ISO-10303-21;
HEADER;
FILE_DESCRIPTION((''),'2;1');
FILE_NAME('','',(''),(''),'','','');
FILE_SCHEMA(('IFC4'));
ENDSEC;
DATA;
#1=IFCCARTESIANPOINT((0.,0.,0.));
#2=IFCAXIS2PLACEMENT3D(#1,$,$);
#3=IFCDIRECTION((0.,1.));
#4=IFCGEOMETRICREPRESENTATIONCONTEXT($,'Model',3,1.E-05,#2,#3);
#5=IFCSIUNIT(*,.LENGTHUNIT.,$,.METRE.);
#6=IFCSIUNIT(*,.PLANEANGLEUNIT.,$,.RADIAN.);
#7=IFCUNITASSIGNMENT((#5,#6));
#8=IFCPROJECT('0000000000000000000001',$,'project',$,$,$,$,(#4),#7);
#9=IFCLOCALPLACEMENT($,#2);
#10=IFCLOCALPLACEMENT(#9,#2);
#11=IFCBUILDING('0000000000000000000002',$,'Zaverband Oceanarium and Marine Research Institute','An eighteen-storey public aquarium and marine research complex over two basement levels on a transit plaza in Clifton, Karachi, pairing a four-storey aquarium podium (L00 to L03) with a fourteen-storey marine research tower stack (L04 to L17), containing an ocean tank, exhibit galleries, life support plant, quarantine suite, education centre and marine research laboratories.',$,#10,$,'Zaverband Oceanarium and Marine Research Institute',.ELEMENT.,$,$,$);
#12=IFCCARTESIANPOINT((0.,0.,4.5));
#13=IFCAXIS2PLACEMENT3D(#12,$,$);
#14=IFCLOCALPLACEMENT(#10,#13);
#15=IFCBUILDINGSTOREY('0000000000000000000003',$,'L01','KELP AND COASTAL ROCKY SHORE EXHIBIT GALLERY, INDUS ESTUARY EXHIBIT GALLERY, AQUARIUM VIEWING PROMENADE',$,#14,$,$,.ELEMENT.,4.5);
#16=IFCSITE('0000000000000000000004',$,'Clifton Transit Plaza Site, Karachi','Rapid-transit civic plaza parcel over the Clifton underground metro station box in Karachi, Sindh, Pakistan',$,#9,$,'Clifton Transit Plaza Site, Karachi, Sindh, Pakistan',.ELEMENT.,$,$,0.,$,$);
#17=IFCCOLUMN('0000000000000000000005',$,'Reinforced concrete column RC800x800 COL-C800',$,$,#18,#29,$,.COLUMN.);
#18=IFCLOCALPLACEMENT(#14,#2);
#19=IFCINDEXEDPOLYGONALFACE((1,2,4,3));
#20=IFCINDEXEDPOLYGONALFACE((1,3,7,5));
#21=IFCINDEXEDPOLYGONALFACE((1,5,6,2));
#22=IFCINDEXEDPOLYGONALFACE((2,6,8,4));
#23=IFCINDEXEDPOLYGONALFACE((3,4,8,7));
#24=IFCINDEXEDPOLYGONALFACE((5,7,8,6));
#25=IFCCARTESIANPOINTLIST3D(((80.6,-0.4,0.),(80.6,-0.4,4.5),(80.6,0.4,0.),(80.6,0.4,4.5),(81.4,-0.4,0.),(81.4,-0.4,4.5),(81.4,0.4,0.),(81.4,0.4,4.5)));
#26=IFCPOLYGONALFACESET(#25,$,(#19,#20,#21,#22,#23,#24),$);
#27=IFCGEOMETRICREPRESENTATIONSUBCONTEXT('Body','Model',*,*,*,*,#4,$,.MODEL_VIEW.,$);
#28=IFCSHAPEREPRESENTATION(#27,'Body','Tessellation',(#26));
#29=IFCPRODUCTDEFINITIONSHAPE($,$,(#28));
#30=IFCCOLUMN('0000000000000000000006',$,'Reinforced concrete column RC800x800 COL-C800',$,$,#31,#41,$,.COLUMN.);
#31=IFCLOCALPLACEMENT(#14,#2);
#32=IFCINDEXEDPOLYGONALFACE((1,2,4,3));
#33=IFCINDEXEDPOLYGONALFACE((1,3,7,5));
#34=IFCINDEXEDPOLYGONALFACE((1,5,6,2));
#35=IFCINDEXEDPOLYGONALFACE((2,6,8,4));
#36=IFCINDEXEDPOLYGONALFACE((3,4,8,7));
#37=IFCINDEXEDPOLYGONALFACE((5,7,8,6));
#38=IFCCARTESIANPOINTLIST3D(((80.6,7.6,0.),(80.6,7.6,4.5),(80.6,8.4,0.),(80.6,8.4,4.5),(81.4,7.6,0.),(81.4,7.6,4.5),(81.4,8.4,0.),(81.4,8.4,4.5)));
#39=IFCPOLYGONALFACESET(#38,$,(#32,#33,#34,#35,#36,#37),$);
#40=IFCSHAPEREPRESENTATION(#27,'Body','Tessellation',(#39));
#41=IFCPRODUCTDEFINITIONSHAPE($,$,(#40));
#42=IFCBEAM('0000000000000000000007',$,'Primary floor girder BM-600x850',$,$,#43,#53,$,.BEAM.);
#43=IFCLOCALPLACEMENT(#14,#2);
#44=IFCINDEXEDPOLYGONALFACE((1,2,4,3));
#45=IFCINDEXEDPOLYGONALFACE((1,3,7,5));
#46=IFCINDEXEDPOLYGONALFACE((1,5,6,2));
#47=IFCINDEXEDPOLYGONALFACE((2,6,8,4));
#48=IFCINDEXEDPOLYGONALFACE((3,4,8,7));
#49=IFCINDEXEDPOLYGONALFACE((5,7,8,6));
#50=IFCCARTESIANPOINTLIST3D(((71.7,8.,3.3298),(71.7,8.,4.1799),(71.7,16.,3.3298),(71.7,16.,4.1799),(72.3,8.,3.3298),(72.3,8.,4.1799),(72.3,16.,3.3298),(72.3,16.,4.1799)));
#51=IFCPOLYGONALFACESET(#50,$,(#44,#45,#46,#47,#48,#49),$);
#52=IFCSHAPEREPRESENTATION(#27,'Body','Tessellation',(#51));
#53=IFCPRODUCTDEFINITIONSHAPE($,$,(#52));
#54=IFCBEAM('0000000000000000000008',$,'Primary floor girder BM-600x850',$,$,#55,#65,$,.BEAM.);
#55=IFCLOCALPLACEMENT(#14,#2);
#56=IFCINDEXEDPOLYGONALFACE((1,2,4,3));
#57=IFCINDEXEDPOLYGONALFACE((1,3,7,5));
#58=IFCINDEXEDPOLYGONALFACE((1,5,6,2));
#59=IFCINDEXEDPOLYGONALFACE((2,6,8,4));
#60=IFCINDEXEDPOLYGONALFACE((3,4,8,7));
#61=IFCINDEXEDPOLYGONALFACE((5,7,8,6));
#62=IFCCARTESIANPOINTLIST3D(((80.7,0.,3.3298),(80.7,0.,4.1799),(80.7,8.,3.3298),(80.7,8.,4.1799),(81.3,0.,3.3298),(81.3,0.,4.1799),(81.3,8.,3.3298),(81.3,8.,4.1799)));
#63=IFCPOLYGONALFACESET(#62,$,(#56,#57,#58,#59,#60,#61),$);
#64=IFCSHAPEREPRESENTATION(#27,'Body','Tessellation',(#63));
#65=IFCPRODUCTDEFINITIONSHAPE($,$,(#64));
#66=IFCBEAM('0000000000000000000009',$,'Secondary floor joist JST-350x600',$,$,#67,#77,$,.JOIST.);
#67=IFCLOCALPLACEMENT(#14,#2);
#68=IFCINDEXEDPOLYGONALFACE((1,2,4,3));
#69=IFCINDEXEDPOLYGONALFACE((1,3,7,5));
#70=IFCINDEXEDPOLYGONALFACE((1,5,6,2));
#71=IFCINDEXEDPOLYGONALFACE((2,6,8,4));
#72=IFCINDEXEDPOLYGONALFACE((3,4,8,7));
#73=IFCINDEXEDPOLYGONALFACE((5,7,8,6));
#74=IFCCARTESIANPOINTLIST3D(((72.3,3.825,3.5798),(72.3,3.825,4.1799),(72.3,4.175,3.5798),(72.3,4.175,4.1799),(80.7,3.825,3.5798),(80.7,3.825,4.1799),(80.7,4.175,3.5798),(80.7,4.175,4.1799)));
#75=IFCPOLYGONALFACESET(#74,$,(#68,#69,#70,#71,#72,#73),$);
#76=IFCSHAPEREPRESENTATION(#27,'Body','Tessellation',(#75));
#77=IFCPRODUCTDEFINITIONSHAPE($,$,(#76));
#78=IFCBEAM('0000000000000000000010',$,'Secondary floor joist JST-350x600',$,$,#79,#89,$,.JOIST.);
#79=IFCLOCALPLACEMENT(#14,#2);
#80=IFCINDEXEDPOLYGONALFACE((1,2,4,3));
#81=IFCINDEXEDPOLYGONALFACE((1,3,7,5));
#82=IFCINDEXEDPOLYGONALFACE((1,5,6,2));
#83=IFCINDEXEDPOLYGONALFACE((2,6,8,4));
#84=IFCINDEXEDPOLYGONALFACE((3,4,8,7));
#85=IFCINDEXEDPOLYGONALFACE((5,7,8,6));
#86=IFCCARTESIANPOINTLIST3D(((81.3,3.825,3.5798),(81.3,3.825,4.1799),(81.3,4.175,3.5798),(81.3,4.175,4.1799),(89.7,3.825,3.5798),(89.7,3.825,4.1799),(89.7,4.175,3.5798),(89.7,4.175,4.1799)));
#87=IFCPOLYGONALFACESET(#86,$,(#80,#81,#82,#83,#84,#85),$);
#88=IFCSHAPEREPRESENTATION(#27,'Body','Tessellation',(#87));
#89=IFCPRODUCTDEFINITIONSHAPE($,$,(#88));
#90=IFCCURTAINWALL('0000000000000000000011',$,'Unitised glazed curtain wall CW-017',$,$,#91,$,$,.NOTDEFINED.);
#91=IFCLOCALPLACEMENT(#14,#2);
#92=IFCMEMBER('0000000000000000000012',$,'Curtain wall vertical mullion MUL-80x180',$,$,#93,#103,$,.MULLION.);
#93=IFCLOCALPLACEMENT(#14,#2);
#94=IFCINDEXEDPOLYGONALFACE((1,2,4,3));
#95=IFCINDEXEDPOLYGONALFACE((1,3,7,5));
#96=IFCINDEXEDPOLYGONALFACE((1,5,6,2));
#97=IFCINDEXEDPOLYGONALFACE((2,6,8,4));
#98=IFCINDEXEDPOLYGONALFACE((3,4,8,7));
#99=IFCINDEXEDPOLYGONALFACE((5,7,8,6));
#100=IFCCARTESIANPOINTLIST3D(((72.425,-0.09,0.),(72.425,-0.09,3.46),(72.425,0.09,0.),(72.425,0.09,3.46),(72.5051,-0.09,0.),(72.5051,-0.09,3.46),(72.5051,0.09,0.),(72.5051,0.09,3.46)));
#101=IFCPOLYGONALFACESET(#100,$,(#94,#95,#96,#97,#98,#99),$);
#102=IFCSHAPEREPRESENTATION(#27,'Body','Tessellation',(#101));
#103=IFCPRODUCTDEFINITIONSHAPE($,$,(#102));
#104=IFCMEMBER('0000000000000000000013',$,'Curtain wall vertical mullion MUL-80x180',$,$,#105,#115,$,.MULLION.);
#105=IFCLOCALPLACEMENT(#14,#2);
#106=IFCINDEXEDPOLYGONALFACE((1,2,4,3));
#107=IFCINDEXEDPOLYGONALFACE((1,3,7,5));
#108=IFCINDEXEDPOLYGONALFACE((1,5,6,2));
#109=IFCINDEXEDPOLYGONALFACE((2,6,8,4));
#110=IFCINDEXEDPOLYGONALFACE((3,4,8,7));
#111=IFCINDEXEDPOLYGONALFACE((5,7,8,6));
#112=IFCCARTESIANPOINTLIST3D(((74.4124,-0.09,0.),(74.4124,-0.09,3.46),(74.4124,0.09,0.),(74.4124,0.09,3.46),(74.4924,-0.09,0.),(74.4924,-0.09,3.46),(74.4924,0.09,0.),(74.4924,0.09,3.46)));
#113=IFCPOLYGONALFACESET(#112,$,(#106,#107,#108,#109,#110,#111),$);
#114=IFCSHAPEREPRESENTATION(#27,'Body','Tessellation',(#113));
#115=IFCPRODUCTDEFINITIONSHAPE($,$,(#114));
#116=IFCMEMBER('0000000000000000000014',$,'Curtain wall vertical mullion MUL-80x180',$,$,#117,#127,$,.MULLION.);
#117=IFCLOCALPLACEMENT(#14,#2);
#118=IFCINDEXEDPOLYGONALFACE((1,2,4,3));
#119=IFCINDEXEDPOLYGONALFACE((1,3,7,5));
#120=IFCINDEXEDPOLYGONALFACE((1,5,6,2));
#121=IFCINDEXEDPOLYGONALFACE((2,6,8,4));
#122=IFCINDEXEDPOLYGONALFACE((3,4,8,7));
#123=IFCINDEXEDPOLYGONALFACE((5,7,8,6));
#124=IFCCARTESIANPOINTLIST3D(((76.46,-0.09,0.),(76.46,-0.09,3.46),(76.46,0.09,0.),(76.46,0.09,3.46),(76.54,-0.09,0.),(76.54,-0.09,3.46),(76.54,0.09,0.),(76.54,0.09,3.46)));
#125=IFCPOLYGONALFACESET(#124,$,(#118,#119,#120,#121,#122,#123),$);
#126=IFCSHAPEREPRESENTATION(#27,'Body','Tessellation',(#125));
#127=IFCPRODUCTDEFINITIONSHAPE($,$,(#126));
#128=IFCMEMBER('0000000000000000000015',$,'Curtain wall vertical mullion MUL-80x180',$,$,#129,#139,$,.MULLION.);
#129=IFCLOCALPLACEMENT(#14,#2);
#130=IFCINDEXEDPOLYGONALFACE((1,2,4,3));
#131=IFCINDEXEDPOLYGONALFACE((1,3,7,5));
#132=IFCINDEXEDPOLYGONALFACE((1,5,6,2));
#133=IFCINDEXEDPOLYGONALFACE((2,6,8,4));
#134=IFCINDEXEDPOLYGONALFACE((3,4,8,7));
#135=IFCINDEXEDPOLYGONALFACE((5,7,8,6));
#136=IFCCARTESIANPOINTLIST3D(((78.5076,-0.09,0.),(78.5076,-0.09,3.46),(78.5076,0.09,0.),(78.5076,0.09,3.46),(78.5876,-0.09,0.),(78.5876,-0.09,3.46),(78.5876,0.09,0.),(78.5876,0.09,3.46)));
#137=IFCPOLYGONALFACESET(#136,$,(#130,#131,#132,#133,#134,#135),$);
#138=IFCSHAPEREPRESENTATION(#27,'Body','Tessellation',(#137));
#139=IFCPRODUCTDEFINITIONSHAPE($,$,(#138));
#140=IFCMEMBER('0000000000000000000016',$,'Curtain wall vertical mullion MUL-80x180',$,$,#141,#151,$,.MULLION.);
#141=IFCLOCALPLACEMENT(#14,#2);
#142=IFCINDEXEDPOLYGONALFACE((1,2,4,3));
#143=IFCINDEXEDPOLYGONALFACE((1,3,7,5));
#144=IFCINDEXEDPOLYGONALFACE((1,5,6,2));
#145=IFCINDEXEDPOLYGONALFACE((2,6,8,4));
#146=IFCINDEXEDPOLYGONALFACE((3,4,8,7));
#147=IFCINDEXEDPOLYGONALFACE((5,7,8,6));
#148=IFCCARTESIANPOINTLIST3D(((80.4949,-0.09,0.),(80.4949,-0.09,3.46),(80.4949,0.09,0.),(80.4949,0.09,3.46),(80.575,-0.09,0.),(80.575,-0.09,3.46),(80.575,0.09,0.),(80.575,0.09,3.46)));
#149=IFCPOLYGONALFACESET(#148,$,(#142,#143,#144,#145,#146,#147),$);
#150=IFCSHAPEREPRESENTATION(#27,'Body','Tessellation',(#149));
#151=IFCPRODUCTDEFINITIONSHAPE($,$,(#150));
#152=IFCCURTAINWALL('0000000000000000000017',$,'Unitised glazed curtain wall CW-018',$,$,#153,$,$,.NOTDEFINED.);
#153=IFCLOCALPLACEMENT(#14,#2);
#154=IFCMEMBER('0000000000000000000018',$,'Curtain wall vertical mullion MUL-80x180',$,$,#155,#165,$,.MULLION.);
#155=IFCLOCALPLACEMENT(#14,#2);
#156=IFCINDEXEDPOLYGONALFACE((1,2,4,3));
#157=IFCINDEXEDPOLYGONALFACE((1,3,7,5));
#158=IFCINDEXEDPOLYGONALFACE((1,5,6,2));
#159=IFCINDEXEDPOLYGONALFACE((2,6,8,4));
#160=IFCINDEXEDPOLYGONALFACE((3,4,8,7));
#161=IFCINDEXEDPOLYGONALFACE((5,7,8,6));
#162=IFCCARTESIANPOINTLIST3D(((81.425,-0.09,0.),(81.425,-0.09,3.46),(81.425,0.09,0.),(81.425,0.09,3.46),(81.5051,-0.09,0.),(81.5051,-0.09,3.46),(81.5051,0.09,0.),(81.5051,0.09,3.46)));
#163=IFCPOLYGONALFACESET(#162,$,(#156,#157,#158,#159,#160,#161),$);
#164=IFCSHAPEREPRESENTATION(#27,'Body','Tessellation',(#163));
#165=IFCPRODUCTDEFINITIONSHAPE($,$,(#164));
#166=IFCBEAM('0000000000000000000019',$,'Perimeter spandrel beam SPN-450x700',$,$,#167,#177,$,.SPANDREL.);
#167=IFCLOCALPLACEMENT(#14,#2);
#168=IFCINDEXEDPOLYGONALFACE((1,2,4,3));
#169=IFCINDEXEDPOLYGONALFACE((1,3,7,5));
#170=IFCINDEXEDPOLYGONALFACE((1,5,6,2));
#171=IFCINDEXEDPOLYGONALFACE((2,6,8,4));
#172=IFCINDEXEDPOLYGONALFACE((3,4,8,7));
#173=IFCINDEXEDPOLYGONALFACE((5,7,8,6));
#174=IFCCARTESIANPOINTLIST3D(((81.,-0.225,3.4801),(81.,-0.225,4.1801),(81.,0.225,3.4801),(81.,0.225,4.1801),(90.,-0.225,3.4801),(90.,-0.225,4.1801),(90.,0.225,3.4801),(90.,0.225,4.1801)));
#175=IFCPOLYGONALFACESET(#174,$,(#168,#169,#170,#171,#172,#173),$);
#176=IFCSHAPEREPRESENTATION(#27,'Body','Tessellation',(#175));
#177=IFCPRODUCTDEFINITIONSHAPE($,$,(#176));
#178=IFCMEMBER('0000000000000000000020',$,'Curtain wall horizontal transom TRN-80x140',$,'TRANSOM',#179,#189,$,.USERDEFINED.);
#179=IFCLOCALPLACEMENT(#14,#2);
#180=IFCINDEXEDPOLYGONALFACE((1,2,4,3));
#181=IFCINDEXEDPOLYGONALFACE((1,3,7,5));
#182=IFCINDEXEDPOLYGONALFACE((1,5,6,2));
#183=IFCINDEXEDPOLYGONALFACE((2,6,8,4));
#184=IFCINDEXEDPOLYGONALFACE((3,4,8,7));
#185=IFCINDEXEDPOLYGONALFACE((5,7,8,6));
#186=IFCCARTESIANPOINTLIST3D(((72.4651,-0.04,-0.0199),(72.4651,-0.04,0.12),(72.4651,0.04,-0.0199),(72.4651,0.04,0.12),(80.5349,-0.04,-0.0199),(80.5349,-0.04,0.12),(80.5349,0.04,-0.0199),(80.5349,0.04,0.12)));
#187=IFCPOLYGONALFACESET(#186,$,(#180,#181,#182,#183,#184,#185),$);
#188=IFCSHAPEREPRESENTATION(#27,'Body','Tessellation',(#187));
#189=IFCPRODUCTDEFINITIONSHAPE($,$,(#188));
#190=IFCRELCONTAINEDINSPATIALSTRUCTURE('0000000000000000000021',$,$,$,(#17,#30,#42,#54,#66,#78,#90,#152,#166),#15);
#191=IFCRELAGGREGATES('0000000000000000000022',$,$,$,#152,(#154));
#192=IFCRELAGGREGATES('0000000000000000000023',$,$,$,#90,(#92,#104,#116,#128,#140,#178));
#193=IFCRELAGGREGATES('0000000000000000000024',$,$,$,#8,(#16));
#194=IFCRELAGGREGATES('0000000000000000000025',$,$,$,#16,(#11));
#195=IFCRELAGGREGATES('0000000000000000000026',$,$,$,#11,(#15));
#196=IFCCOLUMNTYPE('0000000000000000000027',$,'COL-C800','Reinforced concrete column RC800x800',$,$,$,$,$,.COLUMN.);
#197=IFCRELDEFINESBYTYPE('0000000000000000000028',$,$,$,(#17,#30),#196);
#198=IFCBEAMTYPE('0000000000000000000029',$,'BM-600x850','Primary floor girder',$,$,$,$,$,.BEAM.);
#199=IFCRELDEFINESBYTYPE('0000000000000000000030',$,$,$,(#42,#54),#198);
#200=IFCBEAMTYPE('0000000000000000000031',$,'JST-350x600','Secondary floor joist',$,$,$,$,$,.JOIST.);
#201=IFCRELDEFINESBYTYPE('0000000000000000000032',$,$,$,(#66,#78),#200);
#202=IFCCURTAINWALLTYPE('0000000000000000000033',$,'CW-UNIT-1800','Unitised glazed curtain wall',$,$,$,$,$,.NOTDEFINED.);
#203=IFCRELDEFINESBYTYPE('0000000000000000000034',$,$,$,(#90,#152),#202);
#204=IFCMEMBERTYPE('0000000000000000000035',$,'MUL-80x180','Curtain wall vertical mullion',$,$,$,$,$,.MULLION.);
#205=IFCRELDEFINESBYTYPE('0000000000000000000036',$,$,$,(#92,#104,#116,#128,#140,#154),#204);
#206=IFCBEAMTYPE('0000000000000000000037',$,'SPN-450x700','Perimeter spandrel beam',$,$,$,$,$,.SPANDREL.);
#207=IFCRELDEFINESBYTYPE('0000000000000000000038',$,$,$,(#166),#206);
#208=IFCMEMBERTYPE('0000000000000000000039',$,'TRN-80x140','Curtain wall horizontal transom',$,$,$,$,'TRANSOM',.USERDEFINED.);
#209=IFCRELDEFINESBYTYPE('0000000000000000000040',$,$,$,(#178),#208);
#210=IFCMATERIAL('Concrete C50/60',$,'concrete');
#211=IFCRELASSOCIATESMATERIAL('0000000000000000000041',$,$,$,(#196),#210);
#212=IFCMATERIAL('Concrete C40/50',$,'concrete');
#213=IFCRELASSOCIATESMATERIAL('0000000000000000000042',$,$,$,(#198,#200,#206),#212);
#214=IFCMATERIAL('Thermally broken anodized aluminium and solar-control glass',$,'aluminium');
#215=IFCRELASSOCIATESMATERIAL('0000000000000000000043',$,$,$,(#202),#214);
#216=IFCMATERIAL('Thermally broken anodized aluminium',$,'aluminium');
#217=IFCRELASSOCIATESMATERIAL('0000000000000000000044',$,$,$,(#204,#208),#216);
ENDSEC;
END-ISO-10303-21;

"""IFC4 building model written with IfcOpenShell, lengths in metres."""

from ifc_helpers import new_model, si_unit, direction, frame, origin, origin_2d, place, context, subcontext, project, spatial, rectangle, extrude, material, material_profile, profile_set, type_object, element, aggregate, save


model = new_model("IFC4")

# Units and contexts
model_context = context("Model", 3, precision=1e-05, world=origin(), true_north=direction((0.0, 1.0)))
body_context = subcontext(model_context, "Body", "Model", "MODEL_VIEW")
ifc_project = project(units=[si_unit("LENGTHUNIT", "METRE"), si_unit("PLANEANGLEUNIT", "RADIAN")], contexts=[model_context])

# Site, building, storey
site_placement = place(None, origin())
site = spatial("IfcSite", under=ifc_project, at=site_placement, Name="Clifton Transit Plaza Site, Karachi", Description="Rapid-transit civic plaza parcel over the Clifton underground metro station box in Karachi, Sindh, Pakistan", LongName="Clifton Transit Plaza Site, Karachi, Sindh, Pakistan", CompositionType="ELEMENT", RefElevation=0.0)
building_placement = place(site_placement, origin())
building = spatial("IfcBuilding", under=site, at=building_placement, Name="Zaverband Oceanarium and Marine Research Institute", Description="An eighteen-storey public aquarium and marine research complex over two basement levels on a transit plaza in Clifton, Karachi, pairing a four-storey aquarium podium (L00 to L03) with a fourteen-storey marine research tower stack (L04 to L17), containing an ocean tank, exhibit galleries, life support plant, quarantine suite, education centre and marine research laboratories.", LongName="Zaverband Oceanarium and Marine Research Institute", CompositionType="ELEMENT")
storey_placement = place(building_placement, frame((0.0, 0.0, 4.5)))
storey = spatial("IfcBuildingStorey", under=building, at=storey_placement, Name="L01", Description="KELP AND COASTAL ROCKY SHORE EXHIBIT GALLERY, INDUS ESTUARY EXHIBIT GALLERY, AQUARIUM VIEWING PROMENADE", CompositionType="ELEMENT", Elevation=4.5)

# Columns
ifc_material_1 = material(Name="Concrete C50/60", Category="concrete")
ifc_material_profile_1 = material_profile(ifc_material_1, rectangle(XDim=0.8, YDim=0.8, at=origin_2d()), Name="RC800x800")
ifc_profile_set_1 = profile_set([ifc_material_profile_1], Name="Concrete C50/60")
column_type = type_object("IfcColumnType", Name="COL-C800", Description="Reinforced concrete column RC800x800", PredefinedType="COLUMN", material=ifc_profile_set_1)
for number, where, z_axis, x_axis, name in (
    (1, (81.0, 0.0, 0.0), (0.0, 0.0, 1.0), (1.0, 0.0, 0.0), "Reinforced concrete column RC800x800 COL-C800"),
    (2, (81.0, 8.0, 0.0), (0.0, 0.0, 1.0), (1.0, 0.0, 0.0), "Reinforced concrete column RC800x800 COL-C800"),
):
    element("IfcColumn", number, at=place(storey_placement, frame(where, z_axis=z_axis, x_axis=x_axis)), inside=storey, type_object=column_type, Name=name, PredefinedType="COLUMN", context=body_context, shape_type="SweptSolid", body=[
        extrude(rectangle(XDim=0.8, YDim=0.8, at=origin_2d()), origin(), (0.0, 0.0, 1.0), 4.5),
    ])

# Beams
ifc_material_2 = material(Name="Concrete C40/50", Category="concrete")
ifc_material_profile_2 = material_profile(ifc_material_2, rectangle(XDim=0.6001, YDim=0.8501, at=origin_2d()), Name="RC600x850")
ifc_profile_set_2 = profile_set([ifc_material_profile_2], Name="Concrete C40/50")
beam_type_1 = type_object("IfcBeamType", Name="BM-600x850", Description="Primary floor girder", PredefinedType="BEAM", material=ifc_profile_set_2)
for number, where, z_axis, x_axis, name in (
    (3, (72.0, 8.0, 3.7549), (0.0, 1.0, 0.0), (-1.0, 0.0, 0.0), "Primary floor girder BM-600x850"),
    (4, (81.0, 0.0, 3.7549), (0.0, 1.0, 0.0), (-1.0, 0.0, 0.0), "Primary floor girder BM-600x850"),
):
    element("IfcBeam", number, at=place(storey_placement, frame(where, z_axis=z_axis, x_axis=x_axis)), inside=storey, type_object=beam_type_1, Name=name, PredefinedType="BEAM", context=body_context, shape_type="SweptSolid", body=[
        extrude(rectangle(XDim=0.6001, YDim=0.8501, at=origin_2d()), origin(), (0.0, 0.0, 1.0), 8.0),
    ])
ifc_material_profile_3 = material_profile(ifc_material_2, rectangle(XDim=0.3501, YDim=0.6001, at=origin_2d()), Name="RC350x600")
ifc_profile_set_3 = profile_set([ifc_material_profile_3], Name="Concrete C40/50")
beam_type_2 = type_object("IfcBeamType", Name="JST-350x600", Description="Secondary floor joist", PredefinedType="JOIST", material=ifc_profile_set_3)
for number, where, z_axis, x_axis, name in (
    (5, (72.3, 4.0, 3.8799), (1.0, 0.0, 0.0), (0.0, 1.0, 0.0), "Secondary floor joist JST-350x600"),
    (6, (81.3, 4.0, 3.8799), (1.0, 0.0, 0.0), (0.0, 1.0, 0.0), "Secondary floor joist JST-350x600"),
):
    element("IfcBeam", number, at=place(storey_placement, frame(where, z_axis=z_axis, x_axis=x_axis)), inside=storey, type_object=beam_type_2, Name=name, PredefinedType="JOIST", context=body_context, shape_type="SweptSolid", body=[
        extrude(rectangle(XDim=0.3501, YDim=0.6001, at=origin_2d()), origin(), (0.0, 0.0, 1.0), 8.3999),
    ])

# Curtain wall, members
ifc_material_3 = material(Name="Thermally broken anodized aluminium and solar-control glass", Category="aluminium")
curtain_wall_type = type_object("IfcCurtainWallType", Name="CW-UNIT-1800", Description="Unitised glazed curtain wall", PredefinedType="NOTDEFINED", material=ifc_material_3)
curtain_wall_1_placement = place(storey_placement, origin())
curtain_wall_1 = element("IfcCurtainWall", 7, at=curtain_wall_1_placement, inside=storey, type_object=curtain_wall_type, Name="Unitised glazed curtain wall CW-017", PredefinedType="NOTDEFINED")
ifc_material_4 = material(Name="Thermally broken anodized aluminium", Category="aluminium")
ifc_material_profile_4 = material_profile(ifc_material_4, rectangle(XDim=0.0801, YDim=0.1799, at=origin_2d()), Name="AL-MUL-80x180")
ifc_profile_set_4 = profile_set([ifc_material_profile_4], Name="Thermally broken anodized aluminium")
member_type_1 = type_object("IfcMemberType", Name="MUL-80x180", Description="Curtain wall vertical mullion", PredefinedType="MULLION", material=ifc_profile_set_4)
member_1_placement = place(storey_placement, frame((72.4651, 0.0, 0.0), z_axis=(0.0, 0.0, 1.0), x_axis=(1.0, 0.0, 0.0)))
member_1 = element("IfcMember", 8, at=member_1_placement, type_object=member_type_1, Name="Curtain wall vertical mullion MUL-80x180", PredefinedType="MULLION", context=body_context, shape_type="SweptSolid", body=[
    extrude(rectangle(XDim=0.0801, YDim=0.1799, at=origin_2d()), origin(), (0.0, 0.0, 1.0), 3.46),
])
member_2_placement = place(storey_placement, frame((74.4524, 0.0, 0.0), z_axis=(0.0, 0.0, 1.0), x_axis=(1.0, 0.0, 0.0)))
member_2 = element("IfcMember", 9, at=member_2_placement, type_object=member_type_1, Name="Curtain wall vertical mullion MUL-80x180", PredefinedType="MULLION", context=body_context, shape_type="SweptSolid", body=[
    extrude(rectangle(XDim=0.0801, YDim=0.1799, at=origin_2d()), origin(), (0.0, 0.0, 1.0), 3.46),
])
member_3_placement = place(storey_placement, frame((76.5, 0.0, 0.0), z_axis=(0.0, 0.0, 1.0), x_axis=(1.0, 0.0, 0.0)))
member_3 = element("IfcMember", 10, at=member_3_placement, type_object=member_type_1, Name="Curtain wall vertical mullion MUL-80x180", PredefinedType="MULLION", context=body_context, shape_type="SweptSolid", body=[
    extrude(rectangle(XDim=0.0801, YDim=0.1799, at=origin_2d()), origin(), (0.0, 0.0, 1.0), 3.46),
])
member_4_placement = place(storey_placement, frame((78.5476, 0.0, 0.0), z_axis=(0.0, 0.0, 1.0), x_axis=(1.0, 0.0, 0.0)))
member_4 = element("IfcMember", 11, at=member_4_placement, type_object=member_type_1, Name="Curtain wall vertical mullion MUL-80x180", PredefinedType="MULLION", context=body_context, shape_type="SweptSolid", body=[
    extrude(rectangle(XDim=0.0801, YDim=0.1799, at=origin_2d()), origin(), (0.0, 0.0, 1.0), 3.46),
])
member_5_placement = place(storey_placement, frame((80.5349, 0.0, 0.0), z_axis=(0.0, 0.0, 1.0), x_axis=(1.0, 0.0, 0.0)))
member_5 = element("IfcMember", 12, at=member_5_placement, type_object=member_type_1, Name="Curtain wall vertical mullion MUL-80x180", PredefinedType="MULLION", context=body_context, shape_type="SweptSolid", body=[
    extrude(rectangle(XDim=0.0801, YDim=0.1799, at=origin_2d()), origin(), (0.0, 0.0, 1.0), 3.46),
])

# Curtain wall, member
curtain_wall_2_placement = place(storey_placement, origin())
curtain_wall_2 = element("IfcCurtainWall", 13, at=curtain_wall_2_placement, inside=storey, type_object=curtain_wall_type, Name="Unitised glazed curtain wall CW-018", PredefinedType="NOTDEFINED")
member_6_placement = place(storey_placement, frame((81.4651, 0.0, 0.0), z_axis=(0.0, 0.0, 1.0), x_axis=(1.0, 0.0, 0.0)))
member_6 = element("IfcMember", 14, at=member_6_placement, type_object=member_type_1, Name="Curtain wall vertical mullion MUL-80x180", PredefinedType="MULLION", context=body_context, shape_type="SweptSolid", body=[
    extrude(rectangle(XDim=0.0801, YDim=0.1799, at=origin_2d()), origin(), (0.0, 0.0, 1.0), 3.46),
])

# Beam
ifc_material_profile_5 = material_profile(ifc_material_2, rectangle(XDim=0.45, YDim=0.7, at=origin_2d()), Name="RC450x700")
ifc_profile_set_5 = profile_set([ifc_material_profile_5], Name="Concrete C40/50")
beam_type_3 = type_object("IfcBeamType", Name="SPN-450x700", Description="Perimeter spandrel beam", PredefinedType="SPANDREL", material=ifc_profile_set_5)
beam_placement = place(storey_placement, frame((81.0, 0.0, 3.8301), z_axis=(1.0, 0.0, 0.0), x_axis=(0.0, 1.0, 0.0)))
element("IfcBeam", 15, at=beam_placement, inside=storey, type_object=beam_type_3, Name="Perimeter spandrel beam SPN-450x700", PredefinedType="SPANDREL", context=body_context, shape_type="SweptSolid", body=[
    extrude(rectangle(XDim=0.45, YDim=0.7, at=origin_2d()), origin(), (0.0, 0.0, 1.0), 9.0),
])

# Member
ifc_material_profile_6 = material_profile(ifc_material_4, rectangle(XDim=0.0801, YDim=0.1399, at=origin_2d()), Name="AL-TRN-80x140")
ifc_profile_set_6 = profile_set([ifc_material_profile_6], Name="Thermally broken anodized aluminium")
member_type_2 = type_object("IfcMemberType", Name="TRN-80x140", Description="Curtain wall horizontal transom", ElementType="TRANSOM", PredefinedType="USERDEFINED", material=ifc_profile_set_6)
member_7_placement = place(storey_placement, frame((72.4651, 0.0, 0.05), z_axis=(1.0, 0.0, 0.0), x_axis=(0.0, 1.0, 0.0)))
member_7 = element("IfcMember", 16, at=member_7_placement, type_object=member_type_2, Name="Curtain wall horizontal transom TRN-80x140", ObjectType="TRANSOM", PredefinedType="USERDEFINED", context=body_context, shape_type="SweptSolid", body=[
    extrude(rectangle(XDim=0.0801, YDim=0.1399, at=origin_2d()), origin(), (0.0, 0.0, 1.0), 8.0698),
])
aggregate(curtain_wall_2, [member_6])

aggregate(curtain_wall_1, [member_1, member_2, member_3, member_4, member_5, member_7])

save(model, "model.ifc")
